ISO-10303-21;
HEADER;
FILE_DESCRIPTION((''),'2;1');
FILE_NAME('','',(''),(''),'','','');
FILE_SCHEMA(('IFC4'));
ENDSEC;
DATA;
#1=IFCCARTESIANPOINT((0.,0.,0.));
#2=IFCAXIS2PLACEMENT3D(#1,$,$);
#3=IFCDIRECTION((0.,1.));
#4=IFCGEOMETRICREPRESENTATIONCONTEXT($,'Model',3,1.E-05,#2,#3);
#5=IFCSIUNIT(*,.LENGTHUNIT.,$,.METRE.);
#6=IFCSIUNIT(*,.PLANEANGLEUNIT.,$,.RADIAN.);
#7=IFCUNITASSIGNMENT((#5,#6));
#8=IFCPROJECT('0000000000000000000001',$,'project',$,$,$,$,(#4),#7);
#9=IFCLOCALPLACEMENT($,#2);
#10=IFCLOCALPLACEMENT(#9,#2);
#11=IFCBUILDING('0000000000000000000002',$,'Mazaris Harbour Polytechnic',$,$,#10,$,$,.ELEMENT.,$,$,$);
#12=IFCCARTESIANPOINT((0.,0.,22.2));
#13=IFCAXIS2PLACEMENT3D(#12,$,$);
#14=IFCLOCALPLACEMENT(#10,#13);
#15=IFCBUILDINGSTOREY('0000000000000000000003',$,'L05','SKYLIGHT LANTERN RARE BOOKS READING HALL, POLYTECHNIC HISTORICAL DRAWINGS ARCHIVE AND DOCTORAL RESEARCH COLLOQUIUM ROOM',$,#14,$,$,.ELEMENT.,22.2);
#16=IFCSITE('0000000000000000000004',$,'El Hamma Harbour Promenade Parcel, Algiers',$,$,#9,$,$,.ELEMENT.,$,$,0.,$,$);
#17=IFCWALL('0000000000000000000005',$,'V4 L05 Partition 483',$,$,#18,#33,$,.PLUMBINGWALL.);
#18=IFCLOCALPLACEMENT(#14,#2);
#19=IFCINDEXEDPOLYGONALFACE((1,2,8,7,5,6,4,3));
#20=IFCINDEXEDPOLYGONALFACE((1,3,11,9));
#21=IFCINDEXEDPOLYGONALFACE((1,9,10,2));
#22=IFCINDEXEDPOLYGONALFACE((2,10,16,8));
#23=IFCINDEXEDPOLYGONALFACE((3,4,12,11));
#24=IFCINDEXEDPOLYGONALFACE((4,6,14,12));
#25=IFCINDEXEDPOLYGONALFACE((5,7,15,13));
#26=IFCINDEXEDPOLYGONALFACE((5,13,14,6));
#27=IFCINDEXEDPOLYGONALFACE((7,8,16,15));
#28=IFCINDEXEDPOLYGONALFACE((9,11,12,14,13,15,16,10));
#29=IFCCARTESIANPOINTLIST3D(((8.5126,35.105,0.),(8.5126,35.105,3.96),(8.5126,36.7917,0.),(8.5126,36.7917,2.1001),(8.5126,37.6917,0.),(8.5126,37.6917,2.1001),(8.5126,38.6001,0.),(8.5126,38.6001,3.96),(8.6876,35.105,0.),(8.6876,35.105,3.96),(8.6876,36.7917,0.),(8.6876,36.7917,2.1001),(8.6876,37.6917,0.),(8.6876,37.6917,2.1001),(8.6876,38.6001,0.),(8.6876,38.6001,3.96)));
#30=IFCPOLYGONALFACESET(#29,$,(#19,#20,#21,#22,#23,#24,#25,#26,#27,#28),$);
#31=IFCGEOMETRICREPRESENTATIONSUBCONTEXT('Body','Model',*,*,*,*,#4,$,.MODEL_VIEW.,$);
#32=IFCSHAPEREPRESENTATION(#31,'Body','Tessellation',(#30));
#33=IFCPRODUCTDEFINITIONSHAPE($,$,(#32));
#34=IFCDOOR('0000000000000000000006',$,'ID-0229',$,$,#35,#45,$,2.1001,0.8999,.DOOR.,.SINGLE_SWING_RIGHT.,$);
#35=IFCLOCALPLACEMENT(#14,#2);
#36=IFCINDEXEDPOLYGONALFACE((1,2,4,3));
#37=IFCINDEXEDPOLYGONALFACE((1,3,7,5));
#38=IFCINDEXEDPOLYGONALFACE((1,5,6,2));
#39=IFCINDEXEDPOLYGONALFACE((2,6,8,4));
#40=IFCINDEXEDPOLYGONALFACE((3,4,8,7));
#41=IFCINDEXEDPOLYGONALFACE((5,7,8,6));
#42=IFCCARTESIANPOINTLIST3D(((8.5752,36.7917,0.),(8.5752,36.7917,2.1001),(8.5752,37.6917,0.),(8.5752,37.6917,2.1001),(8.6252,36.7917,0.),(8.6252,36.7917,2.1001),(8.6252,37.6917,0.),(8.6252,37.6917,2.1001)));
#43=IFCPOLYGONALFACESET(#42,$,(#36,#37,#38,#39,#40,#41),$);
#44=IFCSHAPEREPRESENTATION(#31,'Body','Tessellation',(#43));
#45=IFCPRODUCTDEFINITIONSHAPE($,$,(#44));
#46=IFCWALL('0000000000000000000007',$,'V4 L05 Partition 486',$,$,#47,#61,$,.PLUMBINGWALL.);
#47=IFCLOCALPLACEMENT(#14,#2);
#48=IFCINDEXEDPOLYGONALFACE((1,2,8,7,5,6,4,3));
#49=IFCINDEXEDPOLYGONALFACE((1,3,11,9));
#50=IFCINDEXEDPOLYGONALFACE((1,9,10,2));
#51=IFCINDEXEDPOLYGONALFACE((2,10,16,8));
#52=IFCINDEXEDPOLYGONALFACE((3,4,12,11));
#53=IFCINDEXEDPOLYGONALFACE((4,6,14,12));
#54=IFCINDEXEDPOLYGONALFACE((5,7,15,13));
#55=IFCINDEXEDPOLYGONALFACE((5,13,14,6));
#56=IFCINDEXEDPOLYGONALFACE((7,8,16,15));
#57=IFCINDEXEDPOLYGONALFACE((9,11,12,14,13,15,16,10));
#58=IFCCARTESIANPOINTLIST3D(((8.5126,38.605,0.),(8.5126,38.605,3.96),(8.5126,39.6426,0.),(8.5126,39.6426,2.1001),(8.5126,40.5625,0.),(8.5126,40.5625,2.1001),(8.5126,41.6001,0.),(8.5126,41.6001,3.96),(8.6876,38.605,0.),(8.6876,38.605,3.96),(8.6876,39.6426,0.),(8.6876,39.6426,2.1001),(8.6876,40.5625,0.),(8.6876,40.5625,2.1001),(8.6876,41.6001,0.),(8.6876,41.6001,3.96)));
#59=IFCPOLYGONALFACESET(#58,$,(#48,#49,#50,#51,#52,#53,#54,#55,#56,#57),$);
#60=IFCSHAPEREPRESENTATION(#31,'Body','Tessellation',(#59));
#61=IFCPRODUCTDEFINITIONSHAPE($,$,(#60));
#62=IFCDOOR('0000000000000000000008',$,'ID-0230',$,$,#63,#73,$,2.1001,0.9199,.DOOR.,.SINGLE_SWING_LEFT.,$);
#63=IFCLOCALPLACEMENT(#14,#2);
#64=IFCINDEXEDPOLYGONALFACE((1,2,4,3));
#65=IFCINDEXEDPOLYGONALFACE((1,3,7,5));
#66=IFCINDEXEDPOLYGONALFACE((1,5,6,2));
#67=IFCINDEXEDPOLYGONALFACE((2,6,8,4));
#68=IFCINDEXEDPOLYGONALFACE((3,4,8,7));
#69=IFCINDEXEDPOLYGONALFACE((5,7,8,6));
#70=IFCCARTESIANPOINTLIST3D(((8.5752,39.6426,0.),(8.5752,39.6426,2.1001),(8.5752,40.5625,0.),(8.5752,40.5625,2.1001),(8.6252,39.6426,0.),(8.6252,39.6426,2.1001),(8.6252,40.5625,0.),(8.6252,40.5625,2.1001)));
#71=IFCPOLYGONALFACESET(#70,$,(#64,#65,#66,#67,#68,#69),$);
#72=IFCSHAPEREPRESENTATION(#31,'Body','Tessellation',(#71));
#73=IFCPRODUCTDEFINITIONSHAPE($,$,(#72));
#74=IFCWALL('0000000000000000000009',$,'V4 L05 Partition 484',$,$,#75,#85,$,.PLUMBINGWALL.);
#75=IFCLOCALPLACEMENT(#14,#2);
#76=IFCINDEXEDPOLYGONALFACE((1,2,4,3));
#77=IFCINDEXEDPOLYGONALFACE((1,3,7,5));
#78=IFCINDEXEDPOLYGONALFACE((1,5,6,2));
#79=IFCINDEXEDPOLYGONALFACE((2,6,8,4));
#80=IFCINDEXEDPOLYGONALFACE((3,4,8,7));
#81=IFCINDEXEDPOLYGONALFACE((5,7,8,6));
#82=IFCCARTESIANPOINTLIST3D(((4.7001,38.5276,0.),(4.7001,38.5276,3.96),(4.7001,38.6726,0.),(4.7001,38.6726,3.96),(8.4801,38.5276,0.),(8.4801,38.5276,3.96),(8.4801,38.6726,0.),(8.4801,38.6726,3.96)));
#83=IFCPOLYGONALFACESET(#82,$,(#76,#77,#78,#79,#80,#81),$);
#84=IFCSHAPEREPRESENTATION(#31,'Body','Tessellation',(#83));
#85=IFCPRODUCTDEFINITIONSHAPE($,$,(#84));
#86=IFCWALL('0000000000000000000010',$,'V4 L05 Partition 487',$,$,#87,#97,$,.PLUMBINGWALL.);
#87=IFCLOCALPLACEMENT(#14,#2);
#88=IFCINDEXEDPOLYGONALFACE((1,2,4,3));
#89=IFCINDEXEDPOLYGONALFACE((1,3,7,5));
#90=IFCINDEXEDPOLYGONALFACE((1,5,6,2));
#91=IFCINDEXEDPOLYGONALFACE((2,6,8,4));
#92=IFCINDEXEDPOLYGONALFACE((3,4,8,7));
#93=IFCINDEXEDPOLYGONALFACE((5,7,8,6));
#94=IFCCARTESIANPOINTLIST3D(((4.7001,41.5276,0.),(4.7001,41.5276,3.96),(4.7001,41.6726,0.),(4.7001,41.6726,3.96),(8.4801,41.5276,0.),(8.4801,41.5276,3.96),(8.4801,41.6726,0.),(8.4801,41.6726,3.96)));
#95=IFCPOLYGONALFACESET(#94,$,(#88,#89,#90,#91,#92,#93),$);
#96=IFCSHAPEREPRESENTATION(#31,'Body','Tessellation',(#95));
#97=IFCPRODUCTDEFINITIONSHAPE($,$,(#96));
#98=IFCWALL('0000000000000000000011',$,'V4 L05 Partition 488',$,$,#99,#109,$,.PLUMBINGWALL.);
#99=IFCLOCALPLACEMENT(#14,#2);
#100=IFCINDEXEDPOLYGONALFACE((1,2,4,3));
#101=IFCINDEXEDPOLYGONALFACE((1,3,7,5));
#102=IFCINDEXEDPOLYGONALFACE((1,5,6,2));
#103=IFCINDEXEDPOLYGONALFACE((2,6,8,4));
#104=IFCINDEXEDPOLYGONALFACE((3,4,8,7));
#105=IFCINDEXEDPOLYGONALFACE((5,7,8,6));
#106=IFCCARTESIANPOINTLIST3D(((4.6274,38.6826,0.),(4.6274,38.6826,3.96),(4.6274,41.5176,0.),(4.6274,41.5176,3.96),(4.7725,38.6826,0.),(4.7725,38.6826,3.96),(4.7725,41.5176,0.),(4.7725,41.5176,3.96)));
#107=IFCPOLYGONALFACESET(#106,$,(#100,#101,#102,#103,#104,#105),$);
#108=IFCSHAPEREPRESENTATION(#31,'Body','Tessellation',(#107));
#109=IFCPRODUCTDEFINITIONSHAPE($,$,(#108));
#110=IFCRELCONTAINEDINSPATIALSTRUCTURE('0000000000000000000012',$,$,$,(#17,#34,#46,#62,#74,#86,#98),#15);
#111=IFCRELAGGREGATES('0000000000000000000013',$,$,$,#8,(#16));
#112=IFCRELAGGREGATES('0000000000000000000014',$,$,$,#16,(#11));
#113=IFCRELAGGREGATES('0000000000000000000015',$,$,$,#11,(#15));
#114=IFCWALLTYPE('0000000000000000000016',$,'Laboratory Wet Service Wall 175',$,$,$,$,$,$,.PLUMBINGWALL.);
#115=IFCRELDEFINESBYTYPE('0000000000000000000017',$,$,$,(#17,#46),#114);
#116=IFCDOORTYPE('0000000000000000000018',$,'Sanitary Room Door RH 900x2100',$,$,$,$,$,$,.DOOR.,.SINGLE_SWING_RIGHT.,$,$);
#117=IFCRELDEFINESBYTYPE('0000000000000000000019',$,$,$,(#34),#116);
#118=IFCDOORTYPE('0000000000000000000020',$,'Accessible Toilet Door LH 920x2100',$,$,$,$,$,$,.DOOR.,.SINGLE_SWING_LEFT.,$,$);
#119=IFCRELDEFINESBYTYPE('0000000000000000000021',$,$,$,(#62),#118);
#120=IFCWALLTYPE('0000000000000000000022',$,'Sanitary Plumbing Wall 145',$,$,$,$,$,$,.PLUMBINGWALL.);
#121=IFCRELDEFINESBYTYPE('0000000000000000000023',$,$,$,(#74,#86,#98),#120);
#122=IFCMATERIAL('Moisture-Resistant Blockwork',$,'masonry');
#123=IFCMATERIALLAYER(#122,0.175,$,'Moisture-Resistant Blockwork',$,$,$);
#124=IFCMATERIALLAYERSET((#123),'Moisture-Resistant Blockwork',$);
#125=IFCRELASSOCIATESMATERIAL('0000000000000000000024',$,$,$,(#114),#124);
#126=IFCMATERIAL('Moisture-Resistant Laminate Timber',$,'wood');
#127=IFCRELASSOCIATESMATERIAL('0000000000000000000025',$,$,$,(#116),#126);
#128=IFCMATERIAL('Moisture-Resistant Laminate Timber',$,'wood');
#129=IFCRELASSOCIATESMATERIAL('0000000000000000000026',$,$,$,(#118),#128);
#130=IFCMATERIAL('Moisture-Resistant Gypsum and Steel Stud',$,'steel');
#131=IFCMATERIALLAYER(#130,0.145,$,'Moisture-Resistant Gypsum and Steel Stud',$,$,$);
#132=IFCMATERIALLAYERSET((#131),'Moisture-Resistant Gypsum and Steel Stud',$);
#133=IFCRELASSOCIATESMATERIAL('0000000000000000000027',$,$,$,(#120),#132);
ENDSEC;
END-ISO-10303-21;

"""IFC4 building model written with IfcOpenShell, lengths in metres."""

from ifc_helpers import new_model, si_unit, direction, frame, frame_2d, origin, place, context, subcontext, project, spatial, rectangle, extrude, material, layer, layer_set, type_object, element, fill, save


model = new_model("IFC4")

# Units and contexts
model_context = context("Model", 3, precision=1e-05, world=origin(), true_north=direction((0.0, 1.0)))
body_context = subcontext(model_context, "Body", "Model", "MODEL_VIEW")
ifc_project = project(units=[si_unit("LENGTHUNIT", "METRE"), si_unit("PLANEANGLEUNIT", "RADIAN")], contexts=[model_context])

# Site, building, storey
site_placement = place(None, origin())
site = spatial("IfcSite", under=ifc_project, at=site_placement, Name="El Hamma Harbour Promenade Parcel, Algiers", CompositionType="ELEMENT", RefElevation=0.0)
building_placement = place(site_placement, origin())
building = spatial("IfcBuilding", under=site, at=building_placement, Name="Mazaris Harbour Polytechnic", CompositionType="ELEMENT")
storey_placement = place(building_placement, frame((0.0, 0.0, 22.2)))
storey = spatial("IfcBuildingStorey", under=building, at=storey_placement, Name="L05", Description="SKYLIGHT LANTERN RARE BOOKS READING HALL, POLYTECHNIC HISTORICAL DRAWINGS ARCHIVE AND DOCTORAL RESEARCH COLLOQUIUM ROOM", CompositionType="ELEMENT", Elevation=22.2)

# Walls, openings, doors
ifc_material_1 = material(Name="Moisture-Resistant Blockwork", Category="masonry")
ifc_layer_1 = layer(ifc_material_1, 0.175, Name="Moisture-Resistant Blockwork")
ifc_layer_set_1 = layer_set([ifc_layer_1], Name="Moisture-Resistant Blockwork")
wall_type_1 = type_object("IfcWallType", Name="Laboratory Wet Service Wall 175", PredefinedType="PLUMBINGWALL", material=ifc_layer_set_1)
ifc_material_2 = material(Name="Moisture-Resistant Laminate Timber", Category="wood")
door_type_1 = type_object("IfcDoorType", Name="Sanitary Room Door RH 900x2100", OperationType="SINGLE_SWING_RIGHT", PredefinedType="DOOR", material=ifc_material_2)
wall_1_placement = place(storey_placement, frame((8.6001, 35.105, 0.0), z_axis=(0.0, 0.0, 1.0), x_axis=(0.0, 1.0, 0.0)))
wall_1 = element("IfcWall", 1, at=wall_1_placement, inside=storey, type_object=wall_type_1, Name="V4 L05 Partition 483", PredefinedType="PLUMBINGWALL", context=body_context, shape_type="SweptSolid", body=[
    extrude(rectangle(XDim=3.4951, YDim=0.175, at=frame_2d((1.7476, 0.0))), origin(), (0.0, 0.0, 1.0), 3.96),
])
opening_1_placement = place(wall_1_placement, frame((1.6868, 0.0, 0.0)))
opening_1 = element("IfcOpeningElement", 2, at=opening_1_placement, cuts=wall_1, PredefinedType="OPENING", context=body_context, shape_type="SweptSolid", body=[
    extrude(rectangle(XDim=0.8999, YDim=2.1001, at=frame_2d((0.45, 1.05))), frame((0.0, 0.0974, 0.0), z_axis=(0.0, -1.0, 0.0), x_axis=(1.0, 0.0, 0.0)), (0.0, 0.0, 1.0), 0.1951),
])
door_1_placement = place(opening_1_placement, origin())
door_1 = element("IfcDoor", 3, at=door_1_placement, inside=storey, type_object=door_type_1, Name="ID-0229", OperationType="SINGLE_SWING_RIGHT", OverallHeight=2.1001, OverallWidth=0.8999, PredefinedType="DOOR", context=body_context, shape_type="SweptSolid", body=[
    extrude(rectangle(XDim=0.8999, YDim=2.1001, at=frame_2d((0.45, 1.05))), frame((0.0, 0.0249, 0.0), z_axis=(0.0, -1.0, 0.0), x_axis=(1.0, 0.0, 0.0)), (0.0, 0.0, 1.0), 0.05),
])
fill(opening_1, door_1)
wall_2_placement = place(storey_placement, frame((8.6001, 38.605, 0.0), z_axis=(0.0, 0.0, 1.0), x_axis=(0.0, 1.0, 0.0)))
wall_2 = element("IfcWall", 4, at=wall_2_placement, inside=storey, type_object=wall_type_1, Name="V4 L05 Partition 486", PredefinedType="PLUMBINGWALL", context=body_context, shape_type="SweptSolid", body=[
    extrude(rectangle(XDim=2.9951, YDim=0.175, at=frame_2d((1.4976, 0.0))), origin(), (0.0, 0.0, 1.0), 3.96),
])
opening_2_placement = place(wall_2_placement, frame((1.0376, 0.0, 0.0)))
opening_2 = element("IfcOpeningElement", 5, at=opening_2_placement, cuts=wall_2, PredefinedType="OPENING", context=body_context, shape_type="SweptSolid", body=[
    extrude(rectangle(XDim=0.9199, YDim=2.1001, at=frame_2d((0.46, 1.05))), frame((0.0, 0.0974, 0.0), z_axis=(0.0, -1.0, 0.0), x_axis=(1.0, 0.0, 0.0)), (0.0, 0.0, 1.0), 0.1951),
])
ifc_material_3 = material(Name="Moisture-Resistant Laminate Timber", Category="wood")
door_type_2 = type_object("IfcDoorType", Name="Accessible Toilet Door LH 920x2100", OperationType="SINGLE_SWING_LEFT", PredefinedType="DOOR", material=ifc_material_3)
door_2_placement = place(opening_2_placement, origin())
door_2 = element("IfcDoor", 6, at=door_2_placement, inside=storey, type_object=door_type_2, Name="ID-0230", OperationType="SINGLE_SWING_LEFT", OverallHeight=2.1001, OverallWidth=0.9199, PredefinedType="DOOR", context=body_context, shape_type="SweptSolid", body=[
    extrude(rectangle(XDim=0.9199, YDim=2.1001, at=frame_2d((0.46, 1.05))), frame((0.0, 0.0249, 0.0), z_axis=(0.0, -1.0, 0.0), x_axis=(1.0, 0.0, 0.0)), (0.0, 0.0, 1.0), 0.05),
])
fill(opening_2, door_2)

# Walls
ifc_material_4 = material(Name="Moisture-Resistant Gypsum and Steel Stud", Category="steel")
ifc_layer_2 = layer(ifc_material_4, 0.145, Name="Moisture-Resistant Gypsum and Steel Stud")
ifc_layer_set_2 = layer_set([ifc_layer_2], Name="Moisture-Resistant Gypsum and Steel Stud")
wall_type_2 = type_object("IfcWallType", Name="Sanitary Plumbing Wall 145", PredefinedType="PLUMBINGWALL", material=ifc_layer_set_2)
for number, where, z_axis, x_axis, name in (
    (7, (4.7, 38.6001, 0.0), (0.0, 0.0, 1.0), (1.0, 0.0, 0.0), "V4 L05 Partition 484"),
    (8, (4.7, 41.6001, 0.0), (0.0, 0.0, 1.0), (1.0, 0.0, 0.0), "V4 L05 Partition 487"),
):
    element("IfcWall", number, at=place(storey_placement, frame(where, z_axis=z_axis, x_axis=x_axis)), inside=storey, type_object=wall_type_2, Name=name, PredefinedType="PLUMBINGWALL", context=body_context, shape_type="SweptSolid", body=[
        extrude(rectangle(XDim=3.78, YDim=0.145, at=frame_2d((1.8901, 0.0))), origin(), (0.0, 0.0, 1.0), 3.96),
    ])
wall_3_placement = place(storey_placement, frame((4.7, 38.6826, 0.0), z_axis=(0.0, 0.0, 1.0), x_axis=(0.0, 1.0, 0.0)))
element("IfcWall", 9, at=wall_3_placement, inside=storey, type_object=wall_type_2, Name="V4 L05 Partition 488", PredefinedType="PLUMBINGWALL", context=body_context, shape_type="SweptSolid", body=[
    extrude(rectangle(XDim=2.835, YDim=0.145, at=frame_2d((1.4175, 0.0))), origin(), (0.0, 0.0, 1.0), 3.96),
])

save(model, "model.ifc")
